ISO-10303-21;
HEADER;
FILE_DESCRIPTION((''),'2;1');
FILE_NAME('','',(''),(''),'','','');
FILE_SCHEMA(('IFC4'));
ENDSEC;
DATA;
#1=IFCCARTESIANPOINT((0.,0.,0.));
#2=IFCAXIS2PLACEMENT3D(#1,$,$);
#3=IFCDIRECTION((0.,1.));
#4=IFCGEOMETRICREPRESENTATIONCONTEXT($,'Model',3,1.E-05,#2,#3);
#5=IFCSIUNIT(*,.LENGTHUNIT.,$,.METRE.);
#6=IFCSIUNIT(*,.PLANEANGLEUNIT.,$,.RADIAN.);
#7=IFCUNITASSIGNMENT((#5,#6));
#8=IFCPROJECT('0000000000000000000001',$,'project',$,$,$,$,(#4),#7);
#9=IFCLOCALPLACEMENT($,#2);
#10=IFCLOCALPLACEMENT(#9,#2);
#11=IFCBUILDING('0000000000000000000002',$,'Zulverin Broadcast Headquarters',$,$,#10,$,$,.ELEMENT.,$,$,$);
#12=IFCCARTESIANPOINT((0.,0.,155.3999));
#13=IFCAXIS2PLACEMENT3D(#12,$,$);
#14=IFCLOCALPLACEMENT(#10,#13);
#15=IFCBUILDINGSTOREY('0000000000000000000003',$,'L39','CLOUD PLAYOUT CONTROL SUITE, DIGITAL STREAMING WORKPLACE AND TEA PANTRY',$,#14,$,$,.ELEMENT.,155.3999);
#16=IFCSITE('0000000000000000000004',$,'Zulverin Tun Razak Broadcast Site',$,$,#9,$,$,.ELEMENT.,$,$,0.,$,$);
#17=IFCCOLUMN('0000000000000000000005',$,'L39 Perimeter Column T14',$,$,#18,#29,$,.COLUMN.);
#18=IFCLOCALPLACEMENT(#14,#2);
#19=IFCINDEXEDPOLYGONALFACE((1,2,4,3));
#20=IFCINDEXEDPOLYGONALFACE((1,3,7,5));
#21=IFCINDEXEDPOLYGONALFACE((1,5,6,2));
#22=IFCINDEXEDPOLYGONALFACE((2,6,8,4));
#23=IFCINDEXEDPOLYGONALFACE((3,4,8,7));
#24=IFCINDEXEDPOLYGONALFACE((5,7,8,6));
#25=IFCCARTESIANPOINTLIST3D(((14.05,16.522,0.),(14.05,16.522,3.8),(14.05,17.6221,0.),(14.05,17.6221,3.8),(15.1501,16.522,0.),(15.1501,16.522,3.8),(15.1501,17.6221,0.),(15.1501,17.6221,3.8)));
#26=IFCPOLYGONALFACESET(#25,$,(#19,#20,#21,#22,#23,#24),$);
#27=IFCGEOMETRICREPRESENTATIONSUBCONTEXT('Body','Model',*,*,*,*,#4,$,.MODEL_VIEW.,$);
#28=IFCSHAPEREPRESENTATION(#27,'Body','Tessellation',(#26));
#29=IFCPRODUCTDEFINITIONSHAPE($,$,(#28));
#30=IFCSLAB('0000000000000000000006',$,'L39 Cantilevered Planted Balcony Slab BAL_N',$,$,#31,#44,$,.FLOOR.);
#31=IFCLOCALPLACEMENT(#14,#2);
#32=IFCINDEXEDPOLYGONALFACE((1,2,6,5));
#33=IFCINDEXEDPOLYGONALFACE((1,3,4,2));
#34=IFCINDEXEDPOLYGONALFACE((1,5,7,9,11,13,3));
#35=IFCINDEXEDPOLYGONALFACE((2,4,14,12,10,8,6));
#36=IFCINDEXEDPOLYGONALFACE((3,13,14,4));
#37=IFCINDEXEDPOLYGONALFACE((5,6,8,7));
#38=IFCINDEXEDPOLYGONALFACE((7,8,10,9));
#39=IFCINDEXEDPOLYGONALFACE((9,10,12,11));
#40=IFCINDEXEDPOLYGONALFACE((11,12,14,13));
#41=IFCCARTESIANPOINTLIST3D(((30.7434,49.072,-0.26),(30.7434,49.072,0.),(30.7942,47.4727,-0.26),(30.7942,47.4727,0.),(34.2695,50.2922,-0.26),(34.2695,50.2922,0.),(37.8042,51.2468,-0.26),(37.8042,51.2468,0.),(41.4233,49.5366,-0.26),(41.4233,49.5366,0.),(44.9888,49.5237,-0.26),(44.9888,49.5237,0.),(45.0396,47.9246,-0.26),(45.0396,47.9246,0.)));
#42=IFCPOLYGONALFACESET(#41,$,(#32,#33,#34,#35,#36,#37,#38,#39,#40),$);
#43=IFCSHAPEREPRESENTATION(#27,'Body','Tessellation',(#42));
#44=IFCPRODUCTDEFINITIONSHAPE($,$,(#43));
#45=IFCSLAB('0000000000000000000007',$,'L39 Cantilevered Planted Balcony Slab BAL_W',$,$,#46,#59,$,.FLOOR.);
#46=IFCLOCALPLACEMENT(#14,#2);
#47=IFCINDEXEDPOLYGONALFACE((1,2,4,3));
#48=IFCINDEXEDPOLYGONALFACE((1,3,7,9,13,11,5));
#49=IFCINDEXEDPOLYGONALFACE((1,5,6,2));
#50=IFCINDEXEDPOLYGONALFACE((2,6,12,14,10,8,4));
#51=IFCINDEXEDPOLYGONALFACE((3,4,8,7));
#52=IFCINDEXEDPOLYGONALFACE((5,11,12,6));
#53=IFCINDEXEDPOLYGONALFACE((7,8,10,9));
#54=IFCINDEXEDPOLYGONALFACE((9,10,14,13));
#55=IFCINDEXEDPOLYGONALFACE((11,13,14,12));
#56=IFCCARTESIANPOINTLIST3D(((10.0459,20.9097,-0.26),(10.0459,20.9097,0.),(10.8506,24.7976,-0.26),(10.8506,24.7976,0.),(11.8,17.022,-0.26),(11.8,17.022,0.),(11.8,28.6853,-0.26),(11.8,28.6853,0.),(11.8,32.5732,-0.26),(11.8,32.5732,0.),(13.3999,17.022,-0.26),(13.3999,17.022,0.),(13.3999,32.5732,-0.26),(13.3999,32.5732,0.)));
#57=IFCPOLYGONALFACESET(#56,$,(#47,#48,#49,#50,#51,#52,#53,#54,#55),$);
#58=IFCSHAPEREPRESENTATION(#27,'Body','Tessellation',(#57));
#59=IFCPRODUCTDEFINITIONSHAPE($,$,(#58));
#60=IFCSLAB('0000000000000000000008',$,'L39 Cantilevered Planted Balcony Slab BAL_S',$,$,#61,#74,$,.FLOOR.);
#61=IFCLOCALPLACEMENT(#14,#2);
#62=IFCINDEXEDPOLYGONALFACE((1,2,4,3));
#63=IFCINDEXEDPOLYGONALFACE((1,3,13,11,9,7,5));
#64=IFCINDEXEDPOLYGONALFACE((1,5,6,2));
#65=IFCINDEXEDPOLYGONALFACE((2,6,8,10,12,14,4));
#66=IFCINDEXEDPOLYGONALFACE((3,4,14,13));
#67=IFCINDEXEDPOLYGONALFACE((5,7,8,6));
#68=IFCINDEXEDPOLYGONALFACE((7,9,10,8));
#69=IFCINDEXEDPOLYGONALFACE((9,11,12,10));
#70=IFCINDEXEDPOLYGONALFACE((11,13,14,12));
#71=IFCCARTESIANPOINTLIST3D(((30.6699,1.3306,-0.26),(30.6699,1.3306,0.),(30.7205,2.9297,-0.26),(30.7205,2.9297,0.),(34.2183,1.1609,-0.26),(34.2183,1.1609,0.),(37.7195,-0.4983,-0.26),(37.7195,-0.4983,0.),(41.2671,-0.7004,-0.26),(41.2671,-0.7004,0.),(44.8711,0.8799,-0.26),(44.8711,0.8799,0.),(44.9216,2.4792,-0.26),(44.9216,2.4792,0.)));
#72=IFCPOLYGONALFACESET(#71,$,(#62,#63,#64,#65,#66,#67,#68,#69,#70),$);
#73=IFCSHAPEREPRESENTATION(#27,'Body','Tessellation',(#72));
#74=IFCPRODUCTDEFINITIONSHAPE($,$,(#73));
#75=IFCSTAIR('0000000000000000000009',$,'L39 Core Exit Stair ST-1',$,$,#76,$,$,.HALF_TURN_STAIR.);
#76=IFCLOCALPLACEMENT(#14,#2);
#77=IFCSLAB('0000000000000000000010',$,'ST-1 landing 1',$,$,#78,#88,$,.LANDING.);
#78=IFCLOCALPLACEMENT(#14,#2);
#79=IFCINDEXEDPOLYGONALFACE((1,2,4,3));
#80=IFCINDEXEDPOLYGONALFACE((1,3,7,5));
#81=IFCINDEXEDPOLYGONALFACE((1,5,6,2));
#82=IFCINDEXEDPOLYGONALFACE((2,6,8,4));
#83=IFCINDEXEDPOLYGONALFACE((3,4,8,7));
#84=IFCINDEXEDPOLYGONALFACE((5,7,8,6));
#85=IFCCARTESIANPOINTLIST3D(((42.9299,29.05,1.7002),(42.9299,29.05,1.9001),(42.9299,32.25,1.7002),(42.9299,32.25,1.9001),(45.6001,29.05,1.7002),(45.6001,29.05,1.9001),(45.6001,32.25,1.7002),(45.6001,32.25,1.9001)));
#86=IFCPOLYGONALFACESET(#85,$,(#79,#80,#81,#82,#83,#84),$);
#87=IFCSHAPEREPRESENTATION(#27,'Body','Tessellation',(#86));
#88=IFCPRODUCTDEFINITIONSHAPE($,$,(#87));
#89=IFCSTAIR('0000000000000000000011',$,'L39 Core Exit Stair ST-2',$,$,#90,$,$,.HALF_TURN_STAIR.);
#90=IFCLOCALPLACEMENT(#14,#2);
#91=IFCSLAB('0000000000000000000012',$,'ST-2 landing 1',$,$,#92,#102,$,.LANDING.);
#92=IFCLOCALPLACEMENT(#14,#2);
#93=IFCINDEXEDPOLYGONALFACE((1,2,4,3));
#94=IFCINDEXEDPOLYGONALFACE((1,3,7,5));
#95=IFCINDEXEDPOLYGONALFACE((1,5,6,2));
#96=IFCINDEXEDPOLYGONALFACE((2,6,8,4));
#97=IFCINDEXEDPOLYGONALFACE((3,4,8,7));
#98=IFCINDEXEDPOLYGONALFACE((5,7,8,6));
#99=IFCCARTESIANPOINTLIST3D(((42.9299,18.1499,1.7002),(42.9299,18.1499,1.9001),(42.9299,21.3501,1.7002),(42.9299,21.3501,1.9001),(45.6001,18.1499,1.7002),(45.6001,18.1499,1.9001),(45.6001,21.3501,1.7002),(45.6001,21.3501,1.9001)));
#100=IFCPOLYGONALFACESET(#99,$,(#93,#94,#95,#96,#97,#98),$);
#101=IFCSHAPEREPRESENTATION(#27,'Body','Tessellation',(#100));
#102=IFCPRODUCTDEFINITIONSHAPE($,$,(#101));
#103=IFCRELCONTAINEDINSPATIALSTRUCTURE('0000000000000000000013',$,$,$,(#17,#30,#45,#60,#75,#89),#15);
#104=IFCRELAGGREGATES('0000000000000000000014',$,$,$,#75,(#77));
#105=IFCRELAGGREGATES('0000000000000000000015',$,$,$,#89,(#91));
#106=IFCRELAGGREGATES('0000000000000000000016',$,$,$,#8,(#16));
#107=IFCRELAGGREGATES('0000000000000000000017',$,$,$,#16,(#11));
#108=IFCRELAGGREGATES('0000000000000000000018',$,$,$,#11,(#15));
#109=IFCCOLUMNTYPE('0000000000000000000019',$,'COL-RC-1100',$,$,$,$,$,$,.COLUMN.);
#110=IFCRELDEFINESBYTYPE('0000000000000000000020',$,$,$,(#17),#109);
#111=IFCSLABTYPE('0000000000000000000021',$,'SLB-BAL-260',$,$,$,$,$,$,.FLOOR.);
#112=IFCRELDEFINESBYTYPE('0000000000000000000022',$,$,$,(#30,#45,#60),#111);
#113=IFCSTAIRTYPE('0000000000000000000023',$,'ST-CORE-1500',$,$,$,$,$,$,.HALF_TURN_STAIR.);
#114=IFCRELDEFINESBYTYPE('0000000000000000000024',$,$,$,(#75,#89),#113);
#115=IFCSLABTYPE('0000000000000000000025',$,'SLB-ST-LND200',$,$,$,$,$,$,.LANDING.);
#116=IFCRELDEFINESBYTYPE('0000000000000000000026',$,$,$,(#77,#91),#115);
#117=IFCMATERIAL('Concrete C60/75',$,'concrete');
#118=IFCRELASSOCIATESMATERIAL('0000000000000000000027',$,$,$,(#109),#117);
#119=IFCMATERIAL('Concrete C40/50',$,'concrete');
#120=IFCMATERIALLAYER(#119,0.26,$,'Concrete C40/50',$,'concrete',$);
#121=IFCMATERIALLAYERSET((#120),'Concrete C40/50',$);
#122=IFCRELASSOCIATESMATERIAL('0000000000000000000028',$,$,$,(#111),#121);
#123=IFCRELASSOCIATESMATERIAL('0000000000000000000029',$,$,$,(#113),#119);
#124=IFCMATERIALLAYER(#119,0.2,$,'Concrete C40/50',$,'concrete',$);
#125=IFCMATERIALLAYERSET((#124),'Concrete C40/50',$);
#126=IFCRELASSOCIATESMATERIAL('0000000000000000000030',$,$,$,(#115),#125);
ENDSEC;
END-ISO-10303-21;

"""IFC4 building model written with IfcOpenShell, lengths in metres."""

from ifc_helpers import new_model, si_unit, direction, frame, origin, origin_2d, place, context, subcontext, project, spatial, polyline, rectangle, outline, extrude, material, layer, layer_set, material_profile, profile_set, type_object, element, aggregate, save


model = new_model("IFC4")

# Units and contexts
model_context = context("Model", 3, precision=1e-05, world=origin(), true_north=direction((0.0, 1.0)))
body_context = subcontext(model_context, "Body", "Model", "MODEL_VIEW")
ifc_project = project(units=[si_unit("LENGTHUNIT", "METRE"), si_unit("PLANEANGLEUNIT", "RADIAN")], contexts=[model_context])

# Site, building, storey
site_placement = place(None, origin())
site = spatial("IfcSite", under=ifc_project, at=site_placement, Name="Zulverin Tun Razak Broadcast Site", CompositionType="ELEMENT", RefElevation=0.0)
building_placement = place(site_placement, origin())
building = spatial("IfcBuilding", under=site, at=building_placement, Name="Zulverin Broadcast Headquarters", CompositionType="ELEMENT")
storey_placement = place(building_placement, frame((0.0, 0.0, 155.3999)))
storey = spatial("IfcBuildingStorey", under=building, at=storey_placement, Name="L39", Description="CLOUD PLAYOUT CONTROL SUITE, DIGITAL STREAMING WORKPLACE AND TEA PANTRY", CompositionType="ELEMENT", Elevation=155.3999)

# Column
ifc_material_1 = material(Name="Concrete C60/75", Category="concrete")
ifc_material_profile = material_profile(ifc_material_1, rectangle(XDim=1.1001, YDim=1.1001, at=origin_2d()), Name="Concrete C60/75", Category="concrete")
ifc_profile_set = profile_set([ifc_material_profile], Name="Concrete C60/75")
column_type = type_object("IfcColumnType", Name="COL-RC-1100", PredefinedType="COLUMN", material=ifc_profile_set)
column_placement = place(storey_placement, frame((14.6001, 17.072, 0.0), z_axis=(0.0, 0.0, 1.0), x_axis=(1.0, 0.0, 0.0)))
element("IfcColumn", 1, at=column_placement, inside=storey, type_object=column_type, Name="L39 Perimeter Column T14", PredefinedType="COLUMN", context=body_context, shape_type="SweptSolid", body=[
    extrude(rectangle(XDim=1.1001, YDim=1.1001, at=origin_2d()), origin(), (0.0, 0.0, 1.0), 3.8),
])

# Slabs
ifc_material_2 = material(Name="Concrete C40/50", Category="concrete")
ifc_layer_1 = layer(ifc_material_2, 0.26, Name="Concrete C40/50", Category="concrete")
ifc_layer_set_1 = layer_set([ifc_layer_1], Name="Concrete C40/50")
slab_type_1 = type_object("IfcSlabType", Name="SLB-BAL-260", PredefinedType="FLOOR", material=ifc_layer_set_1)
slab_1_placement = place(storey_placement, frame((0.0, 0.0, -0.26)))
element("IfcSlab", 2, at=slab_1_placement, inside=storey, type_object=slab_type_1, Name="L39 Cantilevered Planted Balcony Slab BAL_N", PredefinedType="FLOOR", context=body_context, shape_type="SweptSolid", body=[
    extrude(outline(polyline([(30.7942, 47.4727), (45.0396, 47.9246), (44.9888, 49.5237), (41.4233, 49.5366), (37.8042, 51.2468), (34.2695, 50.2922), (30.7434, 49.072), (30.7942, 47.4727)])), origin(), (0.0, 0.0, 1.0), 0.26),
])
slab_2_placement = place(storey_placement, frame((0.0, 0.0, -0.26)))
element("IfcSlab", 3, at=slab_2_placement, inside=storey, type_object=slab_type_1, Name="L39 Cantilevered Planted Balcony Slab BAL_W", PredefinedType="FLOOR", context=body_context, shape_type="SweptSolid", body=[
    extrude(outline(polyline([(13.3999, 17.022), (13.3999, 32.5732), (11.8, 32.5732), (11.8, 28.6853), (10.8506, 24.7976), (10.0459, 20.9097), (11.8, 17.022), (13.3999, 17.022)])), origin(), (0.0, 0.0, 1.0), 0.26),
])
slab_3_placement = place(storey_placement, frame((0.0, 0.0, -0.26)))
element("IfcSlab", 4, at=slab_3_placement, inside=storey, type_object=slab_type_1, Name="L39 Cantilevered Planted Balcony Slab BAL_S", PredefinedType="FLOOR", context=body_context, shape_type="SweptSolid", body=[
    extrude(outline(polyline([(44.9216, 2.4792), (30.7205, 2.9297), (30.6699, 1.3306), (34.2183, 1.1609), (37.7195, -0.4983), (41.2671, -0.7004), (44.8711, 0.8799), (44.9216, 2.4792)])), origin(), (0.0, 0.0, 1.0), 0.26),
])

# Stairs, slabs
stair_type = type_object("IfcStairType", Name="ST-CORE-1500", PredefinedType="HALF_TURN_STAIR", material=ifc_material_2)
stair_1_placement = place(storey_placement, origin())
stair_1 = element("IfcStair", 5, at=stair_1_placement, inside=storey, type_object=stair_type, Name="L39 Core Exit Stair ST-1", PredefinedType="HALF_TURN_STAIR")
ifc_layer_2 = layer(ifc_material_2, 0.2, Name="Concrete C40/50", Category="concrete")
ifc_layer_set_2 = layer_set([ifc_layer_2], Name="Concrete C40/50")
slab_type_2 = type_object("IfcSlabType", Name="SLB-ST-LND200", PredefinedType="LANDING", material=ifc_layer_set_2)
slab_4_placement = place(storey_placement, frame((0.0, 0.0, 1.7002)))
slab_4 = element("IfcSlab", 6, at=slab_4_placement, type_object=slab_type_2, Name="ST-1 landing 1", PredefinedType="LANDING", context=body_context, shape_type="SweptSolid", body=[
    extrude(outline(polyline([(42.9299, 29.05), (45.6001, 29.05), (45.6001, 32.25), (42.9299, 32.25), (42.9299, 29.05)])), origin(), (0.0, 0.0, 1.0), 0.2),
])
aggregate(stair_1, [slab_4])
stair_2_placement = place(storey_placement, origin())
stair_2 = element("IfcStair", 7, at=stair_2_placement, inside=storey, type_object=stair_type, Name="L39 Core Exit Stair ST-2", PredefinedType="HALF_TURN_STAIR")
slab_5_placement = place(storey_placement, frame((0.0, 0.0, 1.7002)))
slab_5 = element("IfcSlab", 8, at=slab_5_placement, type_object=slab_type_2, Name="ST-2 landing 1", PredefinedType="LANDING", context=body_context, shape_type="SweptSolid", body=[
    extrude(outline(polyline([(42.9299, 18.1499), (45.6001, 18.1499), (45.6001, 21.3501), (42.9299, 21.3501), (42.9299, 18.1499)])), origin(), (0.0, 0.0, 1.0), 0.2),
])
aggregate(stair_2, [slab_5])

save(model, "model.ifc")
